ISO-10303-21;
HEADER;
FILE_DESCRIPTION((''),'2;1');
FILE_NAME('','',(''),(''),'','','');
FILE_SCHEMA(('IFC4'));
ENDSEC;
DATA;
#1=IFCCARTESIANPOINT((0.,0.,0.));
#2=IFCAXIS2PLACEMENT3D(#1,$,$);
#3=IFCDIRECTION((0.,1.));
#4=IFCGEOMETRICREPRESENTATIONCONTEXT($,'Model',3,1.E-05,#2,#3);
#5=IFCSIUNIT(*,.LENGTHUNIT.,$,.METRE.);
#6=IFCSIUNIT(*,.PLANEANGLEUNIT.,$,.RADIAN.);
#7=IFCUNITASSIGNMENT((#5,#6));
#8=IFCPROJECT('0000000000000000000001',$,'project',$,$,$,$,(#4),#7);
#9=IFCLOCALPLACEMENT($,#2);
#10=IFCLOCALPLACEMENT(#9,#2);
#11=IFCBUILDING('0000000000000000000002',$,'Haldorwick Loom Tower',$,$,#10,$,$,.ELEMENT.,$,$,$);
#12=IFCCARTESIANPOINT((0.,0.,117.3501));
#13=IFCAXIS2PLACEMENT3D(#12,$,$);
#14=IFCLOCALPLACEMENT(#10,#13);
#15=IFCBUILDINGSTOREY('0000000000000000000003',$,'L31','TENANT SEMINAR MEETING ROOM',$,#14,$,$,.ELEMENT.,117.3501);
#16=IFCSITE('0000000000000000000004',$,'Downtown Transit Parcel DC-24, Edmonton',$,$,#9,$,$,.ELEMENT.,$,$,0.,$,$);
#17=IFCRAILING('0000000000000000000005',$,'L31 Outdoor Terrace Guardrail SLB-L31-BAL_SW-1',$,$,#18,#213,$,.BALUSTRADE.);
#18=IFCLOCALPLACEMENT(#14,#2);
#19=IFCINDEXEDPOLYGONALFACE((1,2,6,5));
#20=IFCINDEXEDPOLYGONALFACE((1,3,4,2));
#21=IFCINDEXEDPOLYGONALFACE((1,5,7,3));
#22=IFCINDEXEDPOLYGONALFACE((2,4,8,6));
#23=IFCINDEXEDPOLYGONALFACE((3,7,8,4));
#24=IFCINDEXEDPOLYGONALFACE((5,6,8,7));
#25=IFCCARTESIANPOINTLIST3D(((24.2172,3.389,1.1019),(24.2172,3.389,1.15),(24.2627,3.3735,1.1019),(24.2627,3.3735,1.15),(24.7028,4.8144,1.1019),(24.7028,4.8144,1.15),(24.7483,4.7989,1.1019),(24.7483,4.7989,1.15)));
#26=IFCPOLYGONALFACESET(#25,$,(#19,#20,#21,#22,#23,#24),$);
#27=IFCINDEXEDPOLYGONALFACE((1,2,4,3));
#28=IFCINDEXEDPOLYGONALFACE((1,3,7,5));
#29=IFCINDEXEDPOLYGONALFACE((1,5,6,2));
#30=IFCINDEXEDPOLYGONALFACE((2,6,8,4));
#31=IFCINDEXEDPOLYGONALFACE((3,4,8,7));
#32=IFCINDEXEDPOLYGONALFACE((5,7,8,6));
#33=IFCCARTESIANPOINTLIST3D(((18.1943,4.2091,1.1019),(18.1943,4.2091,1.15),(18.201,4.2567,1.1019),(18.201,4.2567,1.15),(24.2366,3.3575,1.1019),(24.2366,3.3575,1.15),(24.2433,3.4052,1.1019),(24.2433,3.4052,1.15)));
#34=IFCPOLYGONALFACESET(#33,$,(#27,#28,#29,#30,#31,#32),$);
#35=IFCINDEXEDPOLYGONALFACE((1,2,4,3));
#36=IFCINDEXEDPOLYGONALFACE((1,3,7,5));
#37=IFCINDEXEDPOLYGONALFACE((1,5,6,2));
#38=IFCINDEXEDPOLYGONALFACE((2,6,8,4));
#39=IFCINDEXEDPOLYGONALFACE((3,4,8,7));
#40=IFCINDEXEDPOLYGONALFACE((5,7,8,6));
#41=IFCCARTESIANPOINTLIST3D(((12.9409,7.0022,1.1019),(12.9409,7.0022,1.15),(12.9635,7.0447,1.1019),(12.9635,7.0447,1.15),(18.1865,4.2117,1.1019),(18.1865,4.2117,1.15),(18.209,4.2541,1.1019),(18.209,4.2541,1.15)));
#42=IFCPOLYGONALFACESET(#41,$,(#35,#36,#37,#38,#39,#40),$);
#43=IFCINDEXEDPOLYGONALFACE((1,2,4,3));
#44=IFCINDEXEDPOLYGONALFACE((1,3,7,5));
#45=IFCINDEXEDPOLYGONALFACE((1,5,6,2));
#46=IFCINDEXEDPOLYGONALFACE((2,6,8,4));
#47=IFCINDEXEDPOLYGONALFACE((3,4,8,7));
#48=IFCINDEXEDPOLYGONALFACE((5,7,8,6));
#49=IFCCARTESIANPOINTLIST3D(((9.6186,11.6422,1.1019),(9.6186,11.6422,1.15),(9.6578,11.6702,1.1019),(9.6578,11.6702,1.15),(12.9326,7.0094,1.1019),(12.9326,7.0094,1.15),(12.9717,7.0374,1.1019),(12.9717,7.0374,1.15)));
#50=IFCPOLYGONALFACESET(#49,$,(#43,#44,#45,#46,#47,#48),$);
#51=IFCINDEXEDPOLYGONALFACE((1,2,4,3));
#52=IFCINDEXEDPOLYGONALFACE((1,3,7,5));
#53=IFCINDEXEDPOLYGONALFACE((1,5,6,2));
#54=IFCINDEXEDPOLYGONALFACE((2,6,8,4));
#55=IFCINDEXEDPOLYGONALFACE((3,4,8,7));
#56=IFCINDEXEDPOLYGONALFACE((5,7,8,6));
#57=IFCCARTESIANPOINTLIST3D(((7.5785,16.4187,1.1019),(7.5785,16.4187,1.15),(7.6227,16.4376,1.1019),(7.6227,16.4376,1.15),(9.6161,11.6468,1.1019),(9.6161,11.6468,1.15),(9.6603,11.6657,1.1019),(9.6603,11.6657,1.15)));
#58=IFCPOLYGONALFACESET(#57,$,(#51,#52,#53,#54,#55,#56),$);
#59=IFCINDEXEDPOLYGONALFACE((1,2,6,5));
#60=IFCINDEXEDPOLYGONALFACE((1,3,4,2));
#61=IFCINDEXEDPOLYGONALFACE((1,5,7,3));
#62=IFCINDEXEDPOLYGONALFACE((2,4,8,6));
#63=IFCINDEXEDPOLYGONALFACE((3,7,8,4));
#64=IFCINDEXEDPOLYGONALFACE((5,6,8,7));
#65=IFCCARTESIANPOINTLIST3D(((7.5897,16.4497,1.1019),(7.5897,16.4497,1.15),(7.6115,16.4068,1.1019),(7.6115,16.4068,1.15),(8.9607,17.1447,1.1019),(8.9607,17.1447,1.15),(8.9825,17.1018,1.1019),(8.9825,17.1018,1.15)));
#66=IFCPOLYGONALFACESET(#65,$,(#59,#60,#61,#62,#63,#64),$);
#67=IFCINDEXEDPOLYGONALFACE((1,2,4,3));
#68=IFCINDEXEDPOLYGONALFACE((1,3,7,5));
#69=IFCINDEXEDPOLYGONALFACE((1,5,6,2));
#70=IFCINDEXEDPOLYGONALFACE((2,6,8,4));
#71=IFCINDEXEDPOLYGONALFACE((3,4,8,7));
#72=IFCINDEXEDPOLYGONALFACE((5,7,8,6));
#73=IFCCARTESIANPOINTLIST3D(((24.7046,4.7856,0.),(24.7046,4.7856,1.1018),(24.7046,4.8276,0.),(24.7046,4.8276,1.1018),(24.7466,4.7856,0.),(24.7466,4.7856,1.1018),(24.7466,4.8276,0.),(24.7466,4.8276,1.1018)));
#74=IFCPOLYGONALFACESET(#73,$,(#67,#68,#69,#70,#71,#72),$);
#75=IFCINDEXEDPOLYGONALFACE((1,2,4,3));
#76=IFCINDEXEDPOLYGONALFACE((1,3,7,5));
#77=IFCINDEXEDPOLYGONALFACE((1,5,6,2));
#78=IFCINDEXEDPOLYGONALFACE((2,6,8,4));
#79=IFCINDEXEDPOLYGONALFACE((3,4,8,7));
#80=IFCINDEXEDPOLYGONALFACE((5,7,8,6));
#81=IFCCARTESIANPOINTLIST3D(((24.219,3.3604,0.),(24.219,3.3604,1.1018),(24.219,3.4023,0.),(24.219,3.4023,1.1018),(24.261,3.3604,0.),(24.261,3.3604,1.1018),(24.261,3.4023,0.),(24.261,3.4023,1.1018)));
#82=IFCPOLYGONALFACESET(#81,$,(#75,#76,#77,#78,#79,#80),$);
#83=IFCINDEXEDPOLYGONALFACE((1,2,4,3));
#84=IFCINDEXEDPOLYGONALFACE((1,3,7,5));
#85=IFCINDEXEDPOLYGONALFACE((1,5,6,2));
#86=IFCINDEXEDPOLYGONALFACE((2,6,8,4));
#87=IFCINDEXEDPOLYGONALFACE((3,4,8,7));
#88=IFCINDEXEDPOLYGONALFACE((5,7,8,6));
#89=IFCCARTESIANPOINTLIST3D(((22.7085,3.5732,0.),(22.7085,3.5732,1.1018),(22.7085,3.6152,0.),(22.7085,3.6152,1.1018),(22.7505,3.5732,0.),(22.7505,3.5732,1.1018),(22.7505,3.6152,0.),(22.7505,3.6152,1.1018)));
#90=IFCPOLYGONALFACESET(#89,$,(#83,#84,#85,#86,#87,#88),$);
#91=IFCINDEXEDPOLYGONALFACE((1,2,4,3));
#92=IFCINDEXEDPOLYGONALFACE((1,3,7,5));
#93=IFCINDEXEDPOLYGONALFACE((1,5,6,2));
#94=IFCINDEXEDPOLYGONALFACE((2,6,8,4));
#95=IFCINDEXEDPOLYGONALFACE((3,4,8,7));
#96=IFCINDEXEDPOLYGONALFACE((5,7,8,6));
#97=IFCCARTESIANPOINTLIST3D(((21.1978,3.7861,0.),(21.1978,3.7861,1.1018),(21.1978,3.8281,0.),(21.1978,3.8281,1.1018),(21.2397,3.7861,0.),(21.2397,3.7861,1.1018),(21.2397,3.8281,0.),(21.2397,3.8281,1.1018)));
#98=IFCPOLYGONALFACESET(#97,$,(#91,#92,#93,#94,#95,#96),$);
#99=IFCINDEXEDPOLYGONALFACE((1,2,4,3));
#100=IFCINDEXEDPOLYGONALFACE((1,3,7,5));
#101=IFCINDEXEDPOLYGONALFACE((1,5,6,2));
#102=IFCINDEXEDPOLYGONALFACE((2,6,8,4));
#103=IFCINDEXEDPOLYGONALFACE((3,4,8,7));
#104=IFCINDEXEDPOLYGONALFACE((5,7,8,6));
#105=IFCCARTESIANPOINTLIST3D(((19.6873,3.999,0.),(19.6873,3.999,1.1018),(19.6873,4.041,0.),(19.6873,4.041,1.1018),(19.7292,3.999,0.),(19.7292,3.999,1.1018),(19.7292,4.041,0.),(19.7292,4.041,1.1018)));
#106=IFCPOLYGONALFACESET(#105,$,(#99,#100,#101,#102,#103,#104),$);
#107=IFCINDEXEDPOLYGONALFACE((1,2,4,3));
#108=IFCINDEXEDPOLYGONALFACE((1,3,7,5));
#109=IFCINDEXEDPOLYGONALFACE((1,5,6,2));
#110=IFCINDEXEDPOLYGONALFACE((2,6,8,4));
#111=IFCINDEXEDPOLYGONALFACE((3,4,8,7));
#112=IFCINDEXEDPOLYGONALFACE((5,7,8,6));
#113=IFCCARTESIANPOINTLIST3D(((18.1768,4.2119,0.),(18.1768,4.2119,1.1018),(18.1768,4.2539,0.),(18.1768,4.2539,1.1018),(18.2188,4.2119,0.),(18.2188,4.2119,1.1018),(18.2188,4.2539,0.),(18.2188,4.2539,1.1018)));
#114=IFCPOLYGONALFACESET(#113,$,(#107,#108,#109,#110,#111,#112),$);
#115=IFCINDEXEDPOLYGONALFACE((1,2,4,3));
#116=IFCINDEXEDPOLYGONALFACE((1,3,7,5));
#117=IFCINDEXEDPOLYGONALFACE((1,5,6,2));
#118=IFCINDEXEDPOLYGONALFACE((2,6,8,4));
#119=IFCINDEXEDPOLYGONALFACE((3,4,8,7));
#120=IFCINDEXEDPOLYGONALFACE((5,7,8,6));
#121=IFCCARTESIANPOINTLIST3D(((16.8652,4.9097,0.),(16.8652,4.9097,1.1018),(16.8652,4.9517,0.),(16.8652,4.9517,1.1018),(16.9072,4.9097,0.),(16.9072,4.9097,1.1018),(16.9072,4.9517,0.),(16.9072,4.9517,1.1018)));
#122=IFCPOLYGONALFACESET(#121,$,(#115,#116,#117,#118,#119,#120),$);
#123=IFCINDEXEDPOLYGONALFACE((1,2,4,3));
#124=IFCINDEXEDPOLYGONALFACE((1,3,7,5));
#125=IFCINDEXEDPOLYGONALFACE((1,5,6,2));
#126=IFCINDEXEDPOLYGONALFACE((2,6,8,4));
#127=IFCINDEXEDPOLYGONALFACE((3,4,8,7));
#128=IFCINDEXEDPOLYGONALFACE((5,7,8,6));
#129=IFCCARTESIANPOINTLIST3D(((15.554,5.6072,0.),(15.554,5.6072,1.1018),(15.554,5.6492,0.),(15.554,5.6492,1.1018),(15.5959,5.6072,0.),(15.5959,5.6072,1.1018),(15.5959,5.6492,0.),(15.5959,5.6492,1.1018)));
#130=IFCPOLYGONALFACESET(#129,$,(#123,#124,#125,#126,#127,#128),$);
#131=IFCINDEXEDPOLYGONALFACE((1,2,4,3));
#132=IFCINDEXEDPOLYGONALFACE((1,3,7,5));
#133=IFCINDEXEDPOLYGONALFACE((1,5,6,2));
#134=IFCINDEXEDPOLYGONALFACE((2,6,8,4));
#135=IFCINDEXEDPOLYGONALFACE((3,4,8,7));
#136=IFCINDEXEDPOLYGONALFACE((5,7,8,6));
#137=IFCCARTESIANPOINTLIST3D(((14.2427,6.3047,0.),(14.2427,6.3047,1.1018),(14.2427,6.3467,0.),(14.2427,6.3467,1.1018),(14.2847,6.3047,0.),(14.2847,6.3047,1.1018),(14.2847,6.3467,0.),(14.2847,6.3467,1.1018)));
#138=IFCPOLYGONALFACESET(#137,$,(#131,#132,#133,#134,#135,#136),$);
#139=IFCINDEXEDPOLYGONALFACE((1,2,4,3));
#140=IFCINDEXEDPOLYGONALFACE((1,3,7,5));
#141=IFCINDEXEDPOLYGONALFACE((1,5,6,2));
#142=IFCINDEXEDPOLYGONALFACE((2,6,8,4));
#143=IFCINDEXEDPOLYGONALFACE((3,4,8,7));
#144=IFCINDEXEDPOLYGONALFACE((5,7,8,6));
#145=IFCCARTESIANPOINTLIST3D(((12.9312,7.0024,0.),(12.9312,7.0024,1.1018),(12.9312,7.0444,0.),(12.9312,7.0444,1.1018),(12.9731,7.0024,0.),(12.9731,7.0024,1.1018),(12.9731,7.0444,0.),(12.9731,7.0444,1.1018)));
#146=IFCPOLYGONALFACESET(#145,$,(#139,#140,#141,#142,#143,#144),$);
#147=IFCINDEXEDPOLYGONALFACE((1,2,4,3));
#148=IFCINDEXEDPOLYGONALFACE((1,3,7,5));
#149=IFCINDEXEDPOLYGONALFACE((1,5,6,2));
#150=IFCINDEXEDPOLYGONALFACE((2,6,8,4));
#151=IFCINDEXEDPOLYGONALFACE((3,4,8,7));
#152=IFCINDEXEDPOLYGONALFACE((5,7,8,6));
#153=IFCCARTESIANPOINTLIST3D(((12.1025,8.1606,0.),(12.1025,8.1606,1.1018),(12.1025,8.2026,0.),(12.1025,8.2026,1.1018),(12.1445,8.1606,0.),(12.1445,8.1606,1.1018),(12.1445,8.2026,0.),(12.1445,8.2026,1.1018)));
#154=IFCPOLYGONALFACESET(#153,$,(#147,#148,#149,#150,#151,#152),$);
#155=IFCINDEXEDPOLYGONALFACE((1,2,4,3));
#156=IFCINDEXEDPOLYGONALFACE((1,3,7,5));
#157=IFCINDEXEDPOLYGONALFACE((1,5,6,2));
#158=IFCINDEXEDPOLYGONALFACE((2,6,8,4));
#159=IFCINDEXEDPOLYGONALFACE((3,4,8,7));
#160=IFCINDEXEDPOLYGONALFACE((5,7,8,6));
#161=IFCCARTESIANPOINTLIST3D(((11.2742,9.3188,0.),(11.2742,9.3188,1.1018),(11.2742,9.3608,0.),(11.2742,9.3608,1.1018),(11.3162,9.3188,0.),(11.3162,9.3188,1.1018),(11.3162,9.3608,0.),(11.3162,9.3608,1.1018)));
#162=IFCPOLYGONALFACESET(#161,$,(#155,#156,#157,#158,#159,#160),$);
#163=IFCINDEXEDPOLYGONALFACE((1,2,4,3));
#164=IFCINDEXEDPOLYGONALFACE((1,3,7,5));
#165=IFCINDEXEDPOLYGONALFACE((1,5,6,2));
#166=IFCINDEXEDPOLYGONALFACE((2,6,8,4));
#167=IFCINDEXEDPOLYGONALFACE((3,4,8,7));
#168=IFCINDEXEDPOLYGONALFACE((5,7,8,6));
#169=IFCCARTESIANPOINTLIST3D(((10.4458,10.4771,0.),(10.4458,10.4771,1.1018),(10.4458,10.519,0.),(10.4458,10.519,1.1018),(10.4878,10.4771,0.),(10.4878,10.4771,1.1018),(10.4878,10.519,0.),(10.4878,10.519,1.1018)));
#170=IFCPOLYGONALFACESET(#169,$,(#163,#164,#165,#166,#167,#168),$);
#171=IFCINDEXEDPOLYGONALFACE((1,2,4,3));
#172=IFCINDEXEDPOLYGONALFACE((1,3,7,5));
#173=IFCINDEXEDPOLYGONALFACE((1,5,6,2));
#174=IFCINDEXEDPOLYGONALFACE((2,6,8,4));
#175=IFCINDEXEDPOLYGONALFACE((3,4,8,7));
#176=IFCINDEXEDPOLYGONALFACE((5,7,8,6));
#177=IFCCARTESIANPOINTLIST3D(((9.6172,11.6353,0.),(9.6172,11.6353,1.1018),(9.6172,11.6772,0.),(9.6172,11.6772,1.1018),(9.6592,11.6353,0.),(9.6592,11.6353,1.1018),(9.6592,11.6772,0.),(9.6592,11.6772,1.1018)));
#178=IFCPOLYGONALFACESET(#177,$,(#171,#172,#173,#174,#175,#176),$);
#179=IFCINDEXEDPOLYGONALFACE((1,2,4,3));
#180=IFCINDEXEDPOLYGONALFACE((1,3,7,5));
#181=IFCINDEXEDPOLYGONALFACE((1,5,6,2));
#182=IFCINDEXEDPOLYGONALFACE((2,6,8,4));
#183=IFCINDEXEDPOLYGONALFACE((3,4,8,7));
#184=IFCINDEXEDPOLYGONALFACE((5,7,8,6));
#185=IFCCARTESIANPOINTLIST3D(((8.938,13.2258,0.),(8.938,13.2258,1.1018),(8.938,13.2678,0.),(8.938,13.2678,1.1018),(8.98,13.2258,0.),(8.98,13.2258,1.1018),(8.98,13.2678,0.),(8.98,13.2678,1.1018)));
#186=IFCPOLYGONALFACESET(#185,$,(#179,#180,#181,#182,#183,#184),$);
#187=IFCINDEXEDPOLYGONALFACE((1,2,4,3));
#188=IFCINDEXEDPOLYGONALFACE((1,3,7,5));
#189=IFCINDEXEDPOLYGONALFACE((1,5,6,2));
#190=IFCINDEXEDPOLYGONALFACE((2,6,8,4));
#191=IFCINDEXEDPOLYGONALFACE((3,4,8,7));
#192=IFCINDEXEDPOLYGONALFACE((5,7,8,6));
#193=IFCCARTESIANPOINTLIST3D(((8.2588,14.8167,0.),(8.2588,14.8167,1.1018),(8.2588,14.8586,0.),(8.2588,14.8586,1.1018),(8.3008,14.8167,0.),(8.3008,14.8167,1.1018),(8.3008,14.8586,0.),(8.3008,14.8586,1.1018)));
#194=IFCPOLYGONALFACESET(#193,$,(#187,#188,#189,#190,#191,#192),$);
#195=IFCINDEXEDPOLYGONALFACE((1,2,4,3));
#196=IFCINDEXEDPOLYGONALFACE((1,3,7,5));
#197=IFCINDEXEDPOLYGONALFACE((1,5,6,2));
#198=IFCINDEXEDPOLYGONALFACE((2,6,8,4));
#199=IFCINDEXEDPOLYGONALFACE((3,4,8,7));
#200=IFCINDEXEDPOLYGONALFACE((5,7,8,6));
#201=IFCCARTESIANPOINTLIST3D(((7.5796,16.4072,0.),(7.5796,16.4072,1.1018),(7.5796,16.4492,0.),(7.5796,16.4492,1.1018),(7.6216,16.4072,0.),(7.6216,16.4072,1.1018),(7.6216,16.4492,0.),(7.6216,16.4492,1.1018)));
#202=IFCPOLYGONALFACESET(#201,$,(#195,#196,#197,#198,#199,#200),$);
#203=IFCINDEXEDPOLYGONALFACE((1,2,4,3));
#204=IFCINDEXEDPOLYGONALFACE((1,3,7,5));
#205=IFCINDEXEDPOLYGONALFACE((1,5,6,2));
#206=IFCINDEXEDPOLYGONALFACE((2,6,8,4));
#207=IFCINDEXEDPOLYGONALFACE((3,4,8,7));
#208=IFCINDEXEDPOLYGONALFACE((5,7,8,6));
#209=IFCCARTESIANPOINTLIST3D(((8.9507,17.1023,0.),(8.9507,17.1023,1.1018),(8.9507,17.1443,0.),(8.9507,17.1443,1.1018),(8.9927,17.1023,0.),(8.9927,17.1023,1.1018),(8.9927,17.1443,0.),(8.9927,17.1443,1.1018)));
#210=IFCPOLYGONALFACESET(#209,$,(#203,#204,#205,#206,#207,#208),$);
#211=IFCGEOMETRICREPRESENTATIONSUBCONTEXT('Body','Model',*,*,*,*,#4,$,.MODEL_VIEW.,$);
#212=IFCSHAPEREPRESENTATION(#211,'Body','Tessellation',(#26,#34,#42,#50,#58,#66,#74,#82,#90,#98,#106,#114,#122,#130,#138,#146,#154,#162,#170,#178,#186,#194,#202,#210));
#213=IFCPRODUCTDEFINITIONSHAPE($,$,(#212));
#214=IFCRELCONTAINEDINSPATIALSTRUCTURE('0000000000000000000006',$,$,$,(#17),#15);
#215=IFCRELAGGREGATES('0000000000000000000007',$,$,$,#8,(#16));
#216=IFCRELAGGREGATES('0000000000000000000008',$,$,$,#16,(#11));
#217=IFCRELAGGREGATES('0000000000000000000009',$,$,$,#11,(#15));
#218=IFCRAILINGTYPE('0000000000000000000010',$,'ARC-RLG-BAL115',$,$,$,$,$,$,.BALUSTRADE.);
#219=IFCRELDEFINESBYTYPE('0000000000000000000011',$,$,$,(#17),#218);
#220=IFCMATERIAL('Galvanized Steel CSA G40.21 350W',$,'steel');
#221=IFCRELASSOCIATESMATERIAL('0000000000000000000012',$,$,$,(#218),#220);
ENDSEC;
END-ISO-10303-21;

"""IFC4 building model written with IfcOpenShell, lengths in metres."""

from ifc_helpers import new_model, si_unit, direction, frame, origin, origin_2d, place, context, subcontext, project, spatial, rectangle, extrude, material, type_object, element, save


model = new_model("IFC4")

# Units and contexts
model_context = context("Model", 3, precision=1e-05, world=origin(), true_north=direction((0.0, 1.0)))
body_context = subcontext(model_context, "Body", "Model", "MODEL_VIEW")
ifc_project = project(units=[si_unit("LENGTHUNIT", "METRE"), si_unit("PLANEANGLEUNIT", "RADIAN")], contexts=[model_context])

# Site, building, storey
site_placement = place(None, origin())
site = spatial("IfcSite", under=ifc_project, at=site_placement, Name="Downtown Transit Parcel DC-24, Edmonton", CompositionType="ELEMENT", RefElevation=0.0)
building_placement = place(site_placement, origin())
building = spatial("IfcBuilding", under=site, at=building_placement, Name="Haldorwick Loom Tower", CompositionType="ELEMENT")
storey_placement = place(building_placement, frame((0.0, 0.0, 117.3501)))
storey = spatial("IfcBuildingStorey", under=building, at=storey_placement, Name="L31", Description="TENANT SEMINAR MEETING ROOM", CompositionType="ELEMENT", Elevation=117.3501)

# Railing
ifc_material_1 = material(Name="Galvanized Steel CSA G40.21 350W", Category="steel")
railing_type = type_object("IfcRailingType", Name="ARC-RLG-BAL115", PredefinedType="BALUSTRADE", material=ifc_material_1)
railing_placement = place(storey_placement, frame((24.7256, 4.8066, 0.0)))
element("IfcRailing", 1, at=railing_placement, inside=storey, type_object=railing_type, Name="L31 Outdoor Terrace Guardrail SLB-L31-BAL_SW-1", PredefinedType="BALUSTRADE", context=body_context, shape_type="SweptSolid", body=[
    extrude(rectangle(XDim=0.0481, YDim=0.0481, at=origin_2d()), frame((0.0, 0.0, 1.126), z_axis=(-0.322496, -0.946571, 0.0), x_axis=(0.946571, -0.322496, 0.0)), (0.0, 0.0, 1.0), 1.5059),
    extrude(rectangle(XDim=0.0481, YDim=0.0481, at=origin_2d()), frame((-0.4856, -1.4253, 1.126), z_axis=(-0.990214, 0.139556, 0.0), x_axis=(-0.139556, -0.990214, 0.0)), (0.0, 0.0, 1.0), 6.1021),
    extrude(rectangle(XDim=0.0481, YDim=0.0481, at=origin_2d()), frame((-6.5278, -0.5737, 1.126), z_axis=(-0.882851, 0.469654, 0.0), x_axis=(-0.469654, -0.882851, 0.0)), (0.0, 0.0, 1.0), 5.9417),
    extrude(rectangle(XDim=0.0481, YDim=0.0481, at=origin_2d()), frame((-11.7734, 2.2168, 1.126), z_axis=(-0.581798, 0.813334, 0.0), x_axis=(-0.813334, -0.581798, 0.0)), (0.0, 0.0, 1.0), 5.696),
    extrude(rectangle(XDim=0.0481, YDim=0.0481, at=origin_2d()), frame((-15.0874, 6.8496, 1.126), z_axis=(-0.392692, 0.91967, 0.0), x_axis=(-0.91967, -0.392692, 0.0)), (0.0, 0.0, 1.0), 5.1887),
    extrude(rectangle(XDim=0.0481, YDim=0.0481, at=origin_2d()), frame((-17.125, 11.6216, 1.126), z_axis=(0.891936, 0.452162, 0.0), x_axis=(-0.452162, 0.891936, 0.0)), (0.0, 0.0, 1.0), 1.5371),
    extrude(rectangle(XDim=0.042, YDim=0.042, at=origin_2d()), origin(), (0.0, 0.0, 1.0), 1.1018),
    extrude(rectangle(XDim=0.042, YDim=0.042, at=origin_2d()), frame((-0.4856, -1.4253, 0.0)), (0.0, 0.0, 1.0), 1.1018),
    extrude(rectangle(XDim=0.042, YDim=0.042, at=origin_2d()), frame((-1.9961, -1.2124, 0.0)), (0.0, 0.0, 1.0), 1.1018),
    extrude(rectangle(XDim=0.042, YDim=0.042, at=origin_2d()), frame((-3.5068, -0.9995, 0.0)), (0.0, 0.0, 1.0), 1.1018),
    extrude(rectangle(XDim=0.042, YDim=0.042, at=origin_2d()), frame((-5.0173, -0.7866, 0.0)), (0.0, 0.0, 1.0), 1.1018),
    extrude(rectangle(XDim=0.042, YDim=0.042, at=origin_2d()), frame((-6.5278, -0.5737, 0.0)), (0.0, 0.0, 1.0), 1.1018),
    extrude(rectangle(XDim=0.042, YDim=0.042, at=origin_2d()), frame((-7.8394, 0.124, 0.0)), (0.0, 0.0, 1.0), 1.1018),
    extrude(rectangle(XDim=0.042, YDim=0.042, at=origin_2d()), frame((-9.1506, 0.8215, 0.0)), (0.0, 0.0, 1.0), 1.1018),
    extrude(rectangle(XDim=0.042, YDim=0.042, at=origin_2d()), frame((-10.4619, 1.519, 0.0)), (0.0, 0.0, 1.0), 1.1018),
    extrude(rectangle(XDim=0.042, YDim=0.042, at=origin_2d()), frame((-11.7734, 2.2168, 0.0)), (0.0, 0.0, 1.0), 1.1018),
    extrude(rectangle(XDim=0.042, YDim=0.042, at=origin_2d()), frame((-12.6021, 3.375, 0.0)), (0.0, 0.0, 1.0), 1.1018),
    extrude(rectangle(XDim=0.042, YDim=0.042, at=origin_2d()), frame((-13.4304, 4.5332, 0.0)), (0.0, 0.0, 1.0), 1.1018),
    extrude(rectangle(XDim=0.042, YDim=0.042, at=origin_2d()), frame((-14.2588, 5.6914, 0.0)), (0.0, 0.0, 1.0), 1.1018),
    extrude(rectangle(XDim=0.042, YDim=0.042, at=origin_2d()), frame((-15.0874, 6.8496, 0.0)), (0.0, 0.0, 1.0), 1.1018),
    extrude(rectangle(XDim=0.042, YDim=0.042, at=origin_2d()), frame((-15.7666, 8.4402, 0.0)), (0.0, 0.0, 1.0), 1.1018),
    extrude(rectangle(XDim=0.042, YDim=0.042, at=origin_2d()), frame((-16.4458, 10.031, 0.0)), (0.0, 0.0, 1.0), 1.1018),
    extrude(rectangle(XDim=0.042, YDim=0.042, at=origin_2d()), frame((-17.125, 11.6216, 0.0)), (0.0, 0.0, 1.0), 1.1018),
    extrude(rectangle(XDim=0.042, YDim=0.042, at=origin_2d()), frame((-15.7539, 12.3167, 0.0)), (0.0, 0.0, 1.0), 1.1018),
])

save(model, "model.ifc")
